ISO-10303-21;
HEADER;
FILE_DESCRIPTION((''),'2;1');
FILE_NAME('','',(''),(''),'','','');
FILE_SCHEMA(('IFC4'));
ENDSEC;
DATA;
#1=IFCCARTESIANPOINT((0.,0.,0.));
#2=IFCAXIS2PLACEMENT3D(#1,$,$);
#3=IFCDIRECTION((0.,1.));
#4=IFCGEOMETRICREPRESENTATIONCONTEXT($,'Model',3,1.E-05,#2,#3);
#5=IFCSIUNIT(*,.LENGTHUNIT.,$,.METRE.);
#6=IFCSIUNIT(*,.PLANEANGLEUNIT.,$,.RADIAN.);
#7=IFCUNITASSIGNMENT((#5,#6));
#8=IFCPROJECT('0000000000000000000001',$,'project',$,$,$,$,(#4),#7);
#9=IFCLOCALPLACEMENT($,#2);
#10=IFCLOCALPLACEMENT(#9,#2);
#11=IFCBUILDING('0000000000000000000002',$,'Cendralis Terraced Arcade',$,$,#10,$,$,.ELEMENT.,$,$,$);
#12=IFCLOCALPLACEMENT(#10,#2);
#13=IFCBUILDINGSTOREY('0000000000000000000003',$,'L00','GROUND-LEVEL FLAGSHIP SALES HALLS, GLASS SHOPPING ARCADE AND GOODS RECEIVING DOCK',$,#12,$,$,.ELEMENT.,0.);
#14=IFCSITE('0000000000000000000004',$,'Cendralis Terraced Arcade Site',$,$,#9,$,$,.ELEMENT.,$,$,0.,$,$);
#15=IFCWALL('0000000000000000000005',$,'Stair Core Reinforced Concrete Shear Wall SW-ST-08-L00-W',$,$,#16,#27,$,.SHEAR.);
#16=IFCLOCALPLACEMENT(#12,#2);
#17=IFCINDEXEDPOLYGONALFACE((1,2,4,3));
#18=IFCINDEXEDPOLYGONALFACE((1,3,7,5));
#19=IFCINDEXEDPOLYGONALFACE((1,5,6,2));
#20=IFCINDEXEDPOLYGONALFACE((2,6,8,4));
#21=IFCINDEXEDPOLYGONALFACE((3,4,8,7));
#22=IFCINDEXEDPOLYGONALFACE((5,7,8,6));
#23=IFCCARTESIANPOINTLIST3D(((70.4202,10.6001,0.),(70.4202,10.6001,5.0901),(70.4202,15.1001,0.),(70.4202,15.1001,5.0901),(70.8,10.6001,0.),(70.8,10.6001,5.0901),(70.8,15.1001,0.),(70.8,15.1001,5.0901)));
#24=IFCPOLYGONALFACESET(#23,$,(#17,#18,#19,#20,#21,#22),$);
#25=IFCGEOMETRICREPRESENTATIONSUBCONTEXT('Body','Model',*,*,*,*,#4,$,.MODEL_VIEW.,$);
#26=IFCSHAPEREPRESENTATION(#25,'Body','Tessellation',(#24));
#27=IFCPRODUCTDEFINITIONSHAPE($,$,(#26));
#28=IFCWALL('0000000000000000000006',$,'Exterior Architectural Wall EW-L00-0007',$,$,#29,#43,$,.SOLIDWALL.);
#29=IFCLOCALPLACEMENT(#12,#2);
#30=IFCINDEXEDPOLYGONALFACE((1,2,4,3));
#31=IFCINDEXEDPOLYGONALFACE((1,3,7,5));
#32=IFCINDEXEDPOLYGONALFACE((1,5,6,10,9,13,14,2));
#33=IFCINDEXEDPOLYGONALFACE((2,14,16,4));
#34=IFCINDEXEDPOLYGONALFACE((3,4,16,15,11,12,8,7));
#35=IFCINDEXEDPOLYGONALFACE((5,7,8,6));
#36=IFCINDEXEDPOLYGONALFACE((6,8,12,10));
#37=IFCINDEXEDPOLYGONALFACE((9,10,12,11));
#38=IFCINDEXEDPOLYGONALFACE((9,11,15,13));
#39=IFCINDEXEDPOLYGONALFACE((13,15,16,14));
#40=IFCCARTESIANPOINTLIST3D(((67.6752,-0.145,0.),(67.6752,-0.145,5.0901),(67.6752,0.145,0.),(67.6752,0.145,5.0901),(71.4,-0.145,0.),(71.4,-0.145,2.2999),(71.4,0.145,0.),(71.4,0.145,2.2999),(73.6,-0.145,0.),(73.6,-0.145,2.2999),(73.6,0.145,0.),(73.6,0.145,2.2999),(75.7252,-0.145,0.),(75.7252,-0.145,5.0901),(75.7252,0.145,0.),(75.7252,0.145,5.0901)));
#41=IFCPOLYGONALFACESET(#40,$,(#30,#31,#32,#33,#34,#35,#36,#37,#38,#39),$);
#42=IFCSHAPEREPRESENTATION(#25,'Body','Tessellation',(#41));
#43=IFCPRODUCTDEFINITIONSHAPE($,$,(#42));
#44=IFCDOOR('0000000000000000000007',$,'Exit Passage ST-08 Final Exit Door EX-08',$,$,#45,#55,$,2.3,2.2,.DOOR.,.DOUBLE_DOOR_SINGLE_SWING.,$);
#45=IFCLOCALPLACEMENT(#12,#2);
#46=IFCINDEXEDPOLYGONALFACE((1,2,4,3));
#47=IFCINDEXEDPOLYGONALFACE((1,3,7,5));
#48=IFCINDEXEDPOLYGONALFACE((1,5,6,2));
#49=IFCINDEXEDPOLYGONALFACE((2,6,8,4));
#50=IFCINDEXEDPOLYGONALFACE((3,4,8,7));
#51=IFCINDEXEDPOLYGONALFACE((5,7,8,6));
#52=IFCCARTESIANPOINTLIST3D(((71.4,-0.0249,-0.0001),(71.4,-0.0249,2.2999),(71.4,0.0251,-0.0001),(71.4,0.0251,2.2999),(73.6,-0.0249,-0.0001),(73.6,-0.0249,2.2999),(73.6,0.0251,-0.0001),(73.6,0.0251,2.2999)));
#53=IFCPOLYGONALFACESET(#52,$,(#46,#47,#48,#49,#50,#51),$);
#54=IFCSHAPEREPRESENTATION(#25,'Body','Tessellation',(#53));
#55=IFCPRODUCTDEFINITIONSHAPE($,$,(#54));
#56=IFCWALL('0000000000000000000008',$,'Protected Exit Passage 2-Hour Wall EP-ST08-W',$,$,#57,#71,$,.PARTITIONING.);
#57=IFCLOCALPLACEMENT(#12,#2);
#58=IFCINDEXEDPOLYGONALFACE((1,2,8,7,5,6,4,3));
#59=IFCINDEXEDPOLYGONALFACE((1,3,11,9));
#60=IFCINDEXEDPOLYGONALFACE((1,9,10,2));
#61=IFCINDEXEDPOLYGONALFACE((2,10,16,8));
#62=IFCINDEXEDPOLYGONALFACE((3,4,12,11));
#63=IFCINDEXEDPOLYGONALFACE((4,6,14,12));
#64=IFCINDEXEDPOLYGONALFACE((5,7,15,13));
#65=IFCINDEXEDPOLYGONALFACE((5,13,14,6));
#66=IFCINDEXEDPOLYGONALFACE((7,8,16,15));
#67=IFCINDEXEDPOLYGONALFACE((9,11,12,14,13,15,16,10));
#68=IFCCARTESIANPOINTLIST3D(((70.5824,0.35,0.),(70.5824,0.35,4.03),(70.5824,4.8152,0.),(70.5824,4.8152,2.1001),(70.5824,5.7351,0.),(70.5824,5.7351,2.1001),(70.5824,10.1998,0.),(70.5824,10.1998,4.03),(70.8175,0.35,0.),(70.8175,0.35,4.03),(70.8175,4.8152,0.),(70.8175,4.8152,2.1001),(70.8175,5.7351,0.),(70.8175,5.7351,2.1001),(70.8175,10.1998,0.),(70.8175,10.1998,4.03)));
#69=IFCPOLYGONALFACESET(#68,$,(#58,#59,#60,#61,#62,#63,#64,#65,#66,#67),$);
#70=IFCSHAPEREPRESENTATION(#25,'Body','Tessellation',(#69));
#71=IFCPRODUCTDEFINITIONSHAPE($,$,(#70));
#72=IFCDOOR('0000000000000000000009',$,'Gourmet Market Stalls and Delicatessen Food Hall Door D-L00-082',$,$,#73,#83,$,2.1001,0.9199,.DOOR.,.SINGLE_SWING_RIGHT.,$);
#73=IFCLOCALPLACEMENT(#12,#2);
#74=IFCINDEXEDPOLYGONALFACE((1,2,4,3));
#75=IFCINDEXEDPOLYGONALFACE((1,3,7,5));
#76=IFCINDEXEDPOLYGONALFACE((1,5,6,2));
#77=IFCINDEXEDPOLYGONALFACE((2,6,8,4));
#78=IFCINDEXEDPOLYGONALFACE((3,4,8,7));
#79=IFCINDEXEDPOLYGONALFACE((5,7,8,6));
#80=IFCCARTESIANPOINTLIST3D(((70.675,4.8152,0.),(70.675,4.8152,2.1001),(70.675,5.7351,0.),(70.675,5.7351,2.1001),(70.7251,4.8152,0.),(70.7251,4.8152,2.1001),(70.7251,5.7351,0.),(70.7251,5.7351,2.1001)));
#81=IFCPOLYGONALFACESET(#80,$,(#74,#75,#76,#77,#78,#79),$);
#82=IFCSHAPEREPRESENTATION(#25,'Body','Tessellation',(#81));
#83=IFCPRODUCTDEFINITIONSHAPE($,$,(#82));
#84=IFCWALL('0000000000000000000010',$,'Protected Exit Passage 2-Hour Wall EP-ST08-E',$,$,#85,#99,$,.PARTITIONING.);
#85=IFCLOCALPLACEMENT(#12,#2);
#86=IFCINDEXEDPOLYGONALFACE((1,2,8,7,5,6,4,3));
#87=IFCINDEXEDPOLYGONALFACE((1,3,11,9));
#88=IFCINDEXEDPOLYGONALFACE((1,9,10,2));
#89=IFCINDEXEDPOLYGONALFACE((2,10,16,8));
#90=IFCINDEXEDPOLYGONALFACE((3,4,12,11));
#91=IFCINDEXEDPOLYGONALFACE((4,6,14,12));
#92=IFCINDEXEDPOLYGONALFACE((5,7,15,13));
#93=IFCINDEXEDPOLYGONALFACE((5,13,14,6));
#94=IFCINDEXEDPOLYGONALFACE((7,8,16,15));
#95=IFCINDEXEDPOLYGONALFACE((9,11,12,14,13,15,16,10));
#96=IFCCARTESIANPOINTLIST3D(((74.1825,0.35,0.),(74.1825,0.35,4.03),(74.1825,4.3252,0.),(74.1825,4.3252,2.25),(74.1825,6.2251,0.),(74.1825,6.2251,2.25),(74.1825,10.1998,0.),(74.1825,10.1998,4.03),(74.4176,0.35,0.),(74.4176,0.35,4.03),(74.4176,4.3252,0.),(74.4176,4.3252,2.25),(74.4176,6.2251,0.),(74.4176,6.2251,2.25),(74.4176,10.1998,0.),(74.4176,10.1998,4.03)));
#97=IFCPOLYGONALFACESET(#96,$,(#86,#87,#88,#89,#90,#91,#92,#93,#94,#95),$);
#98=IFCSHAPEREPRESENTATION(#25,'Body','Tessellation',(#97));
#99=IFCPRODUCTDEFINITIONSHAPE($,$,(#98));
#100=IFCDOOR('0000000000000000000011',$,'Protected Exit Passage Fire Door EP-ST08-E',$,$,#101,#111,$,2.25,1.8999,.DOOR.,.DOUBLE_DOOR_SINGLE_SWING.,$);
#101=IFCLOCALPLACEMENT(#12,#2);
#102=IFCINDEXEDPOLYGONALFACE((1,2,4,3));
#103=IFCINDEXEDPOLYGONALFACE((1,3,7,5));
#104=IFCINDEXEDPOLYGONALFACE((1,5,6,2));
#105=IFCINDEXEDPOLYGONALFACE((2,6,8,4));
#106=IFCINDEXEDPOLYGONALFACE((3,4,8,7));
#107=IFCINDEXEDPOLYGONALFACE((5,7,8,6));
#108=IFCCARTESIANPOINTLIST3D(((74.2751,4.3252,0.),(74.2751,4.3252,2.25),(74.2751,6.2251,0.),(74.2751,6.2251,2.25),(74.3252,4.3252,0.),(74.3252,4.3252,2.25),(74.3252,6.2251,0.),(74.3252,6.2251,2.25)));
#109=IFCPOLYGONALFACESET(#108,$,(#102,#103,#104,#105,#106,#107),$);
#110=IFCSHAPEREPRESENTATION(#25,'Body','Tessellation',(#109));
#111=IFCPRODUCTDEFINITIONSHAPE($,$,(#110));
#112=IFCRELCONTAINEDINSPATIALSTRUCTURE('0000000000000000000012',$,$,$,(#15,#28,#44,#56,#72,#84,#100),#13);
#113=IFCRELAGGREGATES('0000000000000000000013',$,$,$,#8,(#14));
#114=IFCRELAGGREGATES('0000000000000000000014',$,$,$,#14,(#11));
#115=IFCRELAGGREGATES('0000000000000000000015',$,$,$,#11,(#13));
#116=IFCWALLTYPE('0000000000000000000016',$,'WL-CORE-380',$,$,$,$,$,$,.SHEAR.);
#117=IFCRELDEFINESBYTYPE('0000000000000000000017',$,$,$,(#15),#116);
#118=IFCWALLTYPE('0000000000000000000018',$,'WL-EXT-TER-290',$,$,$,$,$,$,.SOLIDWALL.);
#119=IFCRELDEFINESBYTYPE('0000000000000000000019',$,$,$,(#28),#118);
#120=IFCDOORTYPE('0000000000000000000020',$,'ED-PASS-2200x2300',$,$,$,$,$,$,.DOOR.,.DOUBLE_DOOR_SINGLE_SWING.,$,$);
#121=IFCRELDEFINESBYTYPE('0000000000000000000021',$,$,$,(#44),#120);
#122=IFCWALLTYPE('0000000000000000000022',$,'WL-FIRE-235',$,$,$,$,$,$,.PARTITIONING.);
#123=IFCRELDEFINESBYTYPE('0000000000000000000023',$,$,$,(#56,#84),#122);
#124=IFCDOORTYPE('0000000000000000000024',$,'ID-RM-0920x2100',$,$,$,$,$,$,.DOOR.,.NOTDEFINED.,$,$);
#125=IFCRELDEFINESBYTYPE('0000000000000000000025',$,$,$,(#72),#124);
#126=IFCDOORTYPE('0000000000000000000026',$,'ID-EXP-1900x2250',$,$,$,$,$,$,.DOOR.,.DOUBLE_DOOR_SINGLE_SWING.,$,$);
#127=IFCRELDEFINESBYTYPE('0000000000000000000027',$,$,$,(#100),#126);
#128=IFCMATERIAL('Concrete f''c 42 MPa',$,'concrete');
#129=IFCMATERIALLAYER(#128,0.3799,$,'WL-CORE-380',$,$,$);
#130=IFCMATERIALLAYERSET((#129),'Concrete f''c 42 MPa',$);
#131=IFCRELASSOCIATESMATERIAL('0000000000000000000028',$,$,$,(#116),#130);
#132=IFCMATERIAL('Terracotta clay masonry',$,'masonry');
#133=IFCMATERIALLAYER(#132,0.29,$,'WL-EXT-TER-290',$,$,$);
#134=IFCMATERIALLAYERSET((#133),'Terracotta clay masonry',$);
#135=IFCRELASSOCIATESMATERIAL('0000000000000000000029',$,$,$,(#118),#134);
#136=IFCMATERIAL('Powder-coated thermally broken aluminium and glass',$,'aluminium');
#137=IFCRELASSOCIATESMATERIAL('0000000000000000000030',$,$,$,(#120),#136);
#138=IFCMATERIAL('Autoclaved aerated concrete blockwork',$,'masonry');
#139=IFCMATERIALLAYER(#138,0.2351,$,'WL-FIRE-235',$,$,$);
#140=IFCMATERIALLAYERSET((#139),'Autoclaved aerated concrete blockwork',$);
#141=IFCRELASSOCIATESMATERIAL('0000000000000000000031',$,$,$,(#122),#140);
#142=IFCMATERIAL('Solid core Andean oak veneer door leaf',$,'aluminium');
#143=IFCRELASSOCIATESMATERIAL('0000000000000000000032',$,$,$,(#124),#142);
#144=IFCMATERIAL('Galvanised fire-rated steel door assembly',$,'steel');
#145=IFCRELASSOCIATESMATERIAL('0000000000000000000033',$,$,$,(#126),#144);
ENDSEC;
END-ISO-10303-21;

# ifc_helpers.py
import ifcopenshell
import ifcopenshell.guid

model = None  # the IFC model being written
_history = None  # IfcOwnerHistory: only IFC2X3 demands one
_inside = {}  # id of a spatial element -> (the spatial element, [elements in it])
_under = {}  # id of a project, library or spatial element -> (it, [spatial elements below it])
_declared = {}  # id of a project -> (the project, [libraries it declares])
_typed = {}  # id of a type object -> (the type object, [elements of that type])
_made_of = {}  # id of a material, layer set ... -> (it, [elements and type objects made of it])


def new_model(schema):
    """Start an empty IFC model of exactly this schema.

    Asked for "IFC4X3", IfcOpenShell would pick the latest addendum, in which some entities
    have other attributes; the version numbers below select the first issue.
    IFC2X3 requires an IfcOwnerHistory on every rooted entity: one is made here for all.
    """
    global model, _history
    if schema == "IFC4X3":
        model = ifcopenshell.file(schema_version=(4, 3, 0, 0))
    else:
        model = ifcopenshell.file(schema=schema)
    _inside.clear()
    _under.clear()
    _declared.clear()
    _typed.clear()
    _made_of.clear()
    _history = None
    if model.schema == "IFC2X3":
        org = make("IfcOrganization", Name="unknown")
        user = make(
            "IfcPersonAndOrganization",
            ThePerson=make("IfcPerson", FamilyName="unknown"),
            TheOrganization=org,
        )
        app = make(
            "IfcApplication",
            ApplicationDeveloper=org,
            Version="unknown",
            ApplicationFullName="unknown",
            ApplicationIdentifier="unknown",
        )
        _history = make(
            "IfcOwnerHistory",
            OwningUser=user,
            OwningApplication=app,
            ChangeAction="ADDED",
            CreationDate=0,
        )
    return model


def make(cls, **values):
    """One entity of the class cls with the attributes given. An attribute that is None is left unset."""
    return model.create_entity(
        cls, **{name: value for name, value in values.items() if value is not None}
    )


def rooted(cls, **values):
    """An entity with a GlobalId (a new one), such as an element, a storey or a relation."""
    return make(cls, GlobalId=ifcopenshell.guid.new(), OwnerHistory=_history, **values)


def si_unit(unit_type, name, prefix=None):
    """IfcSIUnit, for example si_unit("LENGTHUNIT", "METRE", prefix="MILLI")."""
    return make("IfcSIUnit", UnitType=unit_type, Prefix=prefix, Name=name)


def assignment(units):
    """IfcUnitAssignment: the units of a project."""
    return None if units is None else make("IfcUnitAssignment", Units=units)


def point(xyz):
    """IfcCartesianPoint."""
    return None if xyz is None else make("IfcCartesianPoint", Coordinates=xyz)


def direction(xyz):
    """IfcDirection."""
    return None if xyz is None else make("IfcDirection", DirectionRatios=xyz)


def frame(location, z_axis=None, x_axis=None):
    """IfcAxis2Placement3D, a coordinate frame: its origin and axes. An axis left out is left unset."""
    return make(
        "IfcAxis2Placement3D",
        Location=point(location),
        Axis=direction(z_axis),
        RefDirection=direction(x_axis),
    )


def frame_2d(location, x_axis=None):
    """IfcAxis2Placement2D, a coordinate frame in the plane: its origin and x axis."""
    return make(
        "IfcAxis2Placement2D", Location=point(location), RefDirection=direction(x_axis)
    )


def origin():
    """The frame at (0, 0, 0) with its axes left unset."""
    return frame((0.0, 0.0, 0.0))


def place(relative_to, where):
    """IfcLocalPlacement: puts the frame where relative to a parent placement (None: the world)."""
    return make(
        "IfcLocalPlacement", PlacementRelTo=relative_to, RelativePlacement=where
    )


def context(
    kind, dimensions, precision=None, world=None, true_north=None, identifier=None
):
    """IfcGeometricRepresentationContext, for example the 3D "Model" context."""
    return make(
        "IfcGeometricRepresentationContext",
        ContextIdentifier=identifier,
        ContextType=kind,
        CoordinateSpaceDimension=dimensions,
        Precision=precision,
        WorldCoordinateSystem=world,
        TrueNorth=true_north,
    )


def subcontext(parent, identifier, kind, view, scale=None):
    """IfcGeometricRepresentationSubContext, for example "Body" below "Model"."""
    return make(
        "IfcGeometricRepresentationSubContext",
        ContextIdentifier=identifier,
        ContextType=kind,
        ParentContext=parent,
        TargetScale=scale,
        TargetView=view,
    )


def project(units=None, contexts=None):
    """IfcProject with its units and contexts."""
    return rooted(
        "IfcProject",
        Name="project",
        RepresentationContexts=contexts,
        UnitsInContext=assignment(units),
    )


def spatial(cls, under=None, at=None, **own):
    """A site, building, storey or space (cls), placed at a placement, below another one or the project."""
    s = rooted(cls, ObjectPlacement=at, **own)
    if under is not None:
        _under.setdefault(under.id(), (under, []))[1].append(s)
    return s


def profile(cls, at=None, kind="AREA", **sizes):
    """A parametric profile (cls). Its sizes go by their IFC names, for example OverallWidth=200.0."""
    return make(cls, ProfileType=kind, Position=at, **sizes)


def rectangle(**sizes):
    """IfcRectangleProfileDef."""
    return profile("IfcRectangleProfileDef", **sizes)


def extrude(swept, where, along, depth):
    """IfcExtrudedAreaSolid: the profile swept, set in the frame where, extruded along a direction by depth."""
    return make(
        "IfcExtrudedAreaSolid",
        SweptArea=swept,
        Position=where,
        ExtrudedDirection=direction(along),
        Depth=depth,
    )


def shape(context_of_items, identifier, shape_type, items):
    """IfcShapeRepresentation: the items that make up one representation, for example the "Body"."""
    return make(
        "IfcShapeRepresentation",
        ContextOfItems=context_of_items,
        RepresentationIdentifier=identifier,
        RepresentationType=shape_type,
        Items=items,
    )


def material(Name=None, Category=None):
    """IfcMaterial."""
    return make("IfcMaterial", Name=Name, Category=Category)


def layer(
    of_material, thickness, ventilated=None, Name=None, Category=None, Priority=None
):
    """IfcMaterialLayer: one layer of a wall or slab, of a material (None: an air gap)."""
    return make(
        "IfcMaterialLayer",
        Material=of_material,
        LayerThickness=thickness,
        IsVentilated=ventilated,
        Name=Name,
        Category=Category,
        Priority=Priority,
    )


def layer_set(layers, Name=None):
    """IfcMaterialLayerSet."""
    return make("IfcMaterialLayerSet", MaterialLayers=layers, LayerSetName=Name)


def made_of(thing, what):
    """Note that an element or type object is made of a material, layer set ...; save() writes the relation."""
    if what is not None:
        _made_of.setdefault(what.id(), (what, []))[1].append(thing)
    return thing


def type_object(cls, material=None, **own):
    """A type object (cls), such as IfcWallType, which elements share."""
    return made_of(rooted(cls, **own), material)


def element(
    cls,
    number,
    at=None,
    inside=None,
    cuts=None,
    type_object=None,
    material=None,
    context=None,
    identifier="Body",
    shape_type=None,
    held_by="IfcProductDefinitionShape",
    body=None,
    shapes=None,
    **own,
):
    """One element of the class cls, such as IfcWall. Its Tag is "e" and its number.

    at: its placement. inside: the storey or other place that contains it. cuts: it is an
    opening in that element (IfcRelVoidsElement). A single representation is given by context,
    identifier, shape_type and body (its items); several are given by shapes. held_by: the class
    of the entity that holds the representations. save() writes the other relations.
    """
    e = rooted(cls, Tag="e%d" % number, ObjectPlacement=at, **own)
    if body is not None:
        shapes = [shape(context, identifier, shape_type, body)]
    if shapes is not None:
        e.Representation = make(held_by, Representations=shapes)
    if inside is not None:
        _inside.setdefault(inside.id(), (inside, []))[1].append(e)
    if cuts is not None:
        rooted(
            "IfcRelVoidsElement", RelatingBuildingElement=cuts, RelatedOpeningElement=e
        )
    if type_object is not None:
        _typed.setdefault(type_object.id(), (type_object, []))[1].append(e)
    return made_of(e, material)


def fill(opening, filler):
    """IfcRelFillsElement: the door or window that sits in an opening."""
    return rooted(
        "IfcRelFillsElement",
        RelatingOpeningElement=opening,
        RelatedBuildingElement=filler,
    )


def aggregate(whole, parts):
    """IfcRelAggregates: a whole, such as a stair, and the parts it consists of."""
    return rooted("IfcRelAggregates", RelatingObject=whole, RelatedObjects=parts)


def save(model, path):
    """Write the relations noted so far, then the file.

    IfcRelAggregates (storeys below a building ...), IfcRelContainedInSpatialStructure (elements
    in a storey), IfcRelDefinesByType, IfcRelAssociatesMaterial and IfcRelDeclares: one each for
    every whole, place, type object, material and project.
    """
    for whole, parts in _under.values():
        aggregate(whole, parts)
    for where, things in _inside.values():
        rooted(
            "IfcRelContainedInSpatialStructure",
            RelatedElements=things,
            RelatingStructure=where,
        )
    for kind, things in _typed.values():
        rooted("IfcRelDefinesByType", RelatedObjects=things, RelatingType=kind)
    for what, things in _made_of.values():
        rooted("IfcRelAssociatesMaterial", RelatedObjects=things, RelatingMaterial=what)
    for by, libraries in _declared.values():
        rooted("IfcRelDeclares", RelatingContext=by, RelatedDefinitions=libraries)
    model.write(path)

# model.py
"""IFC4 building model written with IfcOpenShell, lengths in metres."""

from ifc_helpers import new_model, si_unit, direction, frame, frame_2d, origin, place, context, subcontext, project, spatial, rectangle, extrude, material, layer, layer_set, type_object, element, fill, save


model = new_model("IFC4")

# Units and contexts
model_context = context("Model", 3, precision=1e-05, world=origin(), true_north=direction((0.0, 1.0)))
body_context = subcontext(model_context, "Body", "Model", "MODEL_VIEW")
ifc_project = project(units=[si_unit("LENGTHUNIT", "METRE"), si_unit("PLANEANGLEUNIT", "RADIAN")], contexts=[model_context])

# Site, building, storey
site_placement = place(None, origin())
site = spatial("IfcSite", under=ifc_project, at=site_placement, Name="Cendralis Terraced Arcade Site", CompositionType="ELEMENT", RefElevation=0.0)
building_placement = place(site_placement, origin())
building = spatial("IfcBuilding", under=site, at=building_placement, Name="Cendralis Terraced Arcade", CompositionType="ELEMENT")
storey_placement = place(building_placement, origin())
storey = spatial("IfcBuildingStorey", under=building, at=storey_placement, Name="L00", Description="GROUND-LEVEL FLAGSHIP SALES HALLS, GLASS SHOPPING ARCADE AND GOODS RECEIVING DOCK", CompositionType="ELEMENT", Elevation=0.0)

# Shared definitions
ifc_material_1 = material(Name="Concrete f'c 42 MPa", Category="concrete")

# Shared definitions
ifc_layer_1 = layer(ifc_material_1, 0.3799, Name="WL-CORE-380")
ifc_layer_set_1 = layer_set([ifc_layer_1], Name="Concrete f'c 42 MPa")
wall_type_1 = type_object("IfcWallType", Name="WL-CORE-380", PredefinedType="SHEAR", material=ifc_layer_set_1)
ifc_material_2 = material(Name="Galvanised fire-rated steel door assembly", Category="steel")

# Wall
wall_1_placement = place(storey_placement, frame((70.6101, 10.6001, 0.0), z_axis=(0.0, 0.0, 1.0), x_axis=(0.0, 1.0, 0.0)))
element("IfcWall", 1, at=wall_1_placement, inside=storey, type_object=wall_type_1, Name="Stair Core Reinforced Concrete Shear Wall SW-ST-08-L00-W", PredefinedType="SHEAR", context=body_context, shape_type="SweptSolid", body=[
    extrude(rectangle(XDim=4.5, YDim=0.3799, at=frame_2d((2.25, 0.0))), origin(), (0.0, 0.0, 1.0), 5.0901),
])

# Walls, openings, doors
ifc_material_3 = material(Name="Terracotta clay masonry", Category="masonry")
ifc_layer_2 = layer(ifc_material_3, 0.29, Name="WL-EXT-TER-290")
ifc_layer_set_2 = layer_set([ifc_layer_2], Name="Terracotta clay masonry")
wall_type_2 = type_object("IfcWallType", Name="WL-EXT-TER-290", PredefinedType="SOLIDWALL", material=ifc_layer_set_2)
wall_2_placement = place(storey_placement, frame((75.7251, 0.0, 0.0), z_axis=(0.0, 0.0, 1.0), x_axis=(-1.0, 0.0, 0.0)))
wall_2 = element("IfcWall", 2, at=wall_2_placement, inside=storey, type_object=wall_type_2, Name="Exterior Architectural Wall EW-L00-0007", PredefinedType="SOLIDWALL", context=body_context, shape_type="SweptSolid", body=[
    extrude(rectangle(XDim=8.05, YDim=0.29, at=frame_2d((4.0249, 0.0))), origin(), (0.0, 0.0, 1.0), 5.0901),
])
opening_1_placement = place(wall_2_placement, frame((2.125, 0.0, 0.0)))
opening_1 = element("IfcOpeningElement", 3, at=opening_1_placement, cuts=wall_2, PredefinedType="OPENING", context=body_context, shape_type="SweptSolid", body=[
    extrude(rectangle(XDim=2.2, YDim=2.3, at=frame_2d((1.1001, 1.1499))), frame((0.0, 0.157, 0.0), z_axis=(0.0, -1.0, 0.0), x_axis=(1.0, 0.0, 0.0)), (0.0, 0.0, 1.0), 0.314),
])
ifc_material_4 = material(Name="Powder-coated thermally broken aluminium and glass", Category="aluminium")
door_type_1 = type_object("IfcDoorType", Name="ED-PASS-2200x2300", OperationType="DOUBLE_DOOR_SINGLE_SWING", PredefinedType="DOOR", material=ifc_material_4)
door_1_placement = place(opening_1_placement, origin())
door_1 = element("IfcDoor", 4, at=door_1_placement, inside=storey, type_object=door_type_1, Name="Exit Passage ST-08 Final Exit Door EX-08", OperationType="DOUBLE_DOOR_SINGLE_SWING", OverallHeight=2.3, OverallWidth=2.2, PredefinedType="DOOR", context=body_context, shape_type="SweptSolid", body=[
    extrude(rectangle(XDim=2.2, YDim=2.3, at=frame_2d((1.1001, 1.1499))), frame((0.0, 0.0249, 0.0), z_axis=(0.0, -1.0, 0.0), x_axis=(1.0, 0.0, 0.0)), (0.0, 0.0, 1.0), 0.05),
])
fill(opening_1, door_1)
ifc_material_5 = material(Name="Autoclaved aerated concrete blockwork", Category="masonry")
ifc_layer_3 = layer(ifc_material_5, 0.2351, Name="WL-FIRE-235")
ifc_layer_set_3 = layer_set([ifc_layer_3], Name="Autoclaved aerated concrete blockwork")
wall_type_3 = type_object("IfcWallType", Name="WL-FIRE-235", PredefinedType="PARTITIONING", material=ifc_layer_set_3)
wall_3_placement = place(storey_placement, frame((70.7, 0.3501, 0.0), z_axis=(0.0, 0.0, 1.0), x_axis=(0.0, 1.0, 0.0)))
wall_3 = element("IfcWall", 5, at=wall_3_placement, inside=storey, type_object=wall_type_3, Name="Protected Exit Passage 2-Hour Wall EP-ST08-W", PredefinedType="PARTITIONING", context=body_context, shape_type="SweptSolid", body=[
    extrude(rectangle(XDim=9.8499, YDim=0.2351, at=frame_2d((4.9248, 0.0))), origin(), (0.0, 0.0, 1.0), 4.03),
])
opening_2_placement = place(wall_3_placement, frame((4.4651, 0.0, 0.0)))
opening_2 = element("IfcOpeningElement", 6, at=opening_2_placement, cuts=wall_3, PredefinedType="OPENING", context=body_context, shape_type="SweptSolid", body=[
    extrude(rectangle(XDim=0.9199, YDim=2.1001, at=frame_2d((0.46, 1.05))), frame((0.0, 0.1294, 0.0), z_axis=(0.0, -1.0, 0.0), x_axis=(1.0, 0.0, 0.0)), (0.0, 0.0, 1.0), 0.259),
])
ifc_material_6 = material(Name="Solid core Andean oak veneer door leaf", Category="aluminium")
door_type_2 = type_object("IfcDoorType", Name="ID-RM-0920x2100", OperationType="NOTDEFINED", PredefinedType="DOOR", material=ifc_material_6)
door_2_placement = place(opening_2_placement, origin())
door_2 = element("IfcDoor", 7, at=door_2_placement, inside=storey, type_object=door_type_2, Name="Gourmet Market Stalls and Delicatessen Food Hall Door D-L00-082", OperationType="SINGLE_SWING_RIGHT", OverallHeight=2.1001, OverallWidth=0.9199, PredefinedType="DOOR", context=body_context, shape_type="SweptSolid", body=[
    extrude(rectangle(XDim=0.9199, YDim=2.1001, at=frame_2d((0.46, 1.05))), frame((0.0, 0.0249, 0.0), z_axis=(0.0, -1.0, 0.0), x_axis=(1.0, 0.0, 0.0)), (0.0, 0.0, 1.0), 0.05),
])
fill(opening_2, door_2)
wall_4_placement = place(storey_placement, frame((74.3, 0.3501, 0.0), z_axis=(0.0, 0.0, 1.0), x_axis=(0.0, 1.0, 0.0)))
wall_4 = element("IfcWall", 8, at=wall_4_placement, inside=storey, type_object=wall_type_3, Name="Protected Exit Passage 2-Hour Wall EP-ST08-E", PredefinedType="PARTITIONING", context=body_context, shape_type="SweptSolid", body=[
    extrude(rectangle(XDim=9.8499, YDim=0.2351, at=frame_2d((4.9248, 0.0))), origin(), (0.0, 0.0, 1.0), 4.03),
])
opening_3_placement = place(wall_4_placement, frame((3.9751, 0.0, 0.0)))
opening_3 = element("IfcOpeningElement", 9, at=opening_3_placement, cuts=wall_4, PredefinedType="OPENING", context=body_context, shape_type="SweptSolid", body=[
    extrude(rectangle(XDim=1.8999, YDim=2.25, at=frame_2d((0.95, 1.125))), frame((0.0, 0.1294, 0.0), z_axis=(0.0, -1.0, 0.0), x_axis=(1.0, 0.0, 0.0)), (0.0, 0.0, 1.0), 0.259),
])
door_type_3 = type_object("IfcDoorType", Name="ID-EXP-1900x2250", OperationType="DOUBLE_DOOR_SINGLE_SWING", PredefinedType="DOOR", material=ifc_material_2)
door_3_placement = place(opening_3_placement, origin())
door_3 = element("IfcDoor", 10, at=door_3_placement, inside=storey, type_object=door_type_3, Name="Protected Exit Passage Fire Door EP-ST08-E", OperationType="DOUBLE_DOOR_SINGLE_SWING", OverallHeight=2.25, OverallWidth=1.8999, PredefinedType="DOOR", context=body_context, shape_type="SweptSolid", body=[
    extrude(rectangle(XDim=1.8999, YDim=2.25, at=frame_2d((0.95, 1.125))), frame((0.0, 0.0249, 0.0), z_axis=(0.0, -1.0, 0.0), x_axis=(1.0, 0.0, 0.0)), (0.0, 0.0, 1.0), 0.05),
])
fill(opening_3, door_3)

save(model, "model.ifc")
